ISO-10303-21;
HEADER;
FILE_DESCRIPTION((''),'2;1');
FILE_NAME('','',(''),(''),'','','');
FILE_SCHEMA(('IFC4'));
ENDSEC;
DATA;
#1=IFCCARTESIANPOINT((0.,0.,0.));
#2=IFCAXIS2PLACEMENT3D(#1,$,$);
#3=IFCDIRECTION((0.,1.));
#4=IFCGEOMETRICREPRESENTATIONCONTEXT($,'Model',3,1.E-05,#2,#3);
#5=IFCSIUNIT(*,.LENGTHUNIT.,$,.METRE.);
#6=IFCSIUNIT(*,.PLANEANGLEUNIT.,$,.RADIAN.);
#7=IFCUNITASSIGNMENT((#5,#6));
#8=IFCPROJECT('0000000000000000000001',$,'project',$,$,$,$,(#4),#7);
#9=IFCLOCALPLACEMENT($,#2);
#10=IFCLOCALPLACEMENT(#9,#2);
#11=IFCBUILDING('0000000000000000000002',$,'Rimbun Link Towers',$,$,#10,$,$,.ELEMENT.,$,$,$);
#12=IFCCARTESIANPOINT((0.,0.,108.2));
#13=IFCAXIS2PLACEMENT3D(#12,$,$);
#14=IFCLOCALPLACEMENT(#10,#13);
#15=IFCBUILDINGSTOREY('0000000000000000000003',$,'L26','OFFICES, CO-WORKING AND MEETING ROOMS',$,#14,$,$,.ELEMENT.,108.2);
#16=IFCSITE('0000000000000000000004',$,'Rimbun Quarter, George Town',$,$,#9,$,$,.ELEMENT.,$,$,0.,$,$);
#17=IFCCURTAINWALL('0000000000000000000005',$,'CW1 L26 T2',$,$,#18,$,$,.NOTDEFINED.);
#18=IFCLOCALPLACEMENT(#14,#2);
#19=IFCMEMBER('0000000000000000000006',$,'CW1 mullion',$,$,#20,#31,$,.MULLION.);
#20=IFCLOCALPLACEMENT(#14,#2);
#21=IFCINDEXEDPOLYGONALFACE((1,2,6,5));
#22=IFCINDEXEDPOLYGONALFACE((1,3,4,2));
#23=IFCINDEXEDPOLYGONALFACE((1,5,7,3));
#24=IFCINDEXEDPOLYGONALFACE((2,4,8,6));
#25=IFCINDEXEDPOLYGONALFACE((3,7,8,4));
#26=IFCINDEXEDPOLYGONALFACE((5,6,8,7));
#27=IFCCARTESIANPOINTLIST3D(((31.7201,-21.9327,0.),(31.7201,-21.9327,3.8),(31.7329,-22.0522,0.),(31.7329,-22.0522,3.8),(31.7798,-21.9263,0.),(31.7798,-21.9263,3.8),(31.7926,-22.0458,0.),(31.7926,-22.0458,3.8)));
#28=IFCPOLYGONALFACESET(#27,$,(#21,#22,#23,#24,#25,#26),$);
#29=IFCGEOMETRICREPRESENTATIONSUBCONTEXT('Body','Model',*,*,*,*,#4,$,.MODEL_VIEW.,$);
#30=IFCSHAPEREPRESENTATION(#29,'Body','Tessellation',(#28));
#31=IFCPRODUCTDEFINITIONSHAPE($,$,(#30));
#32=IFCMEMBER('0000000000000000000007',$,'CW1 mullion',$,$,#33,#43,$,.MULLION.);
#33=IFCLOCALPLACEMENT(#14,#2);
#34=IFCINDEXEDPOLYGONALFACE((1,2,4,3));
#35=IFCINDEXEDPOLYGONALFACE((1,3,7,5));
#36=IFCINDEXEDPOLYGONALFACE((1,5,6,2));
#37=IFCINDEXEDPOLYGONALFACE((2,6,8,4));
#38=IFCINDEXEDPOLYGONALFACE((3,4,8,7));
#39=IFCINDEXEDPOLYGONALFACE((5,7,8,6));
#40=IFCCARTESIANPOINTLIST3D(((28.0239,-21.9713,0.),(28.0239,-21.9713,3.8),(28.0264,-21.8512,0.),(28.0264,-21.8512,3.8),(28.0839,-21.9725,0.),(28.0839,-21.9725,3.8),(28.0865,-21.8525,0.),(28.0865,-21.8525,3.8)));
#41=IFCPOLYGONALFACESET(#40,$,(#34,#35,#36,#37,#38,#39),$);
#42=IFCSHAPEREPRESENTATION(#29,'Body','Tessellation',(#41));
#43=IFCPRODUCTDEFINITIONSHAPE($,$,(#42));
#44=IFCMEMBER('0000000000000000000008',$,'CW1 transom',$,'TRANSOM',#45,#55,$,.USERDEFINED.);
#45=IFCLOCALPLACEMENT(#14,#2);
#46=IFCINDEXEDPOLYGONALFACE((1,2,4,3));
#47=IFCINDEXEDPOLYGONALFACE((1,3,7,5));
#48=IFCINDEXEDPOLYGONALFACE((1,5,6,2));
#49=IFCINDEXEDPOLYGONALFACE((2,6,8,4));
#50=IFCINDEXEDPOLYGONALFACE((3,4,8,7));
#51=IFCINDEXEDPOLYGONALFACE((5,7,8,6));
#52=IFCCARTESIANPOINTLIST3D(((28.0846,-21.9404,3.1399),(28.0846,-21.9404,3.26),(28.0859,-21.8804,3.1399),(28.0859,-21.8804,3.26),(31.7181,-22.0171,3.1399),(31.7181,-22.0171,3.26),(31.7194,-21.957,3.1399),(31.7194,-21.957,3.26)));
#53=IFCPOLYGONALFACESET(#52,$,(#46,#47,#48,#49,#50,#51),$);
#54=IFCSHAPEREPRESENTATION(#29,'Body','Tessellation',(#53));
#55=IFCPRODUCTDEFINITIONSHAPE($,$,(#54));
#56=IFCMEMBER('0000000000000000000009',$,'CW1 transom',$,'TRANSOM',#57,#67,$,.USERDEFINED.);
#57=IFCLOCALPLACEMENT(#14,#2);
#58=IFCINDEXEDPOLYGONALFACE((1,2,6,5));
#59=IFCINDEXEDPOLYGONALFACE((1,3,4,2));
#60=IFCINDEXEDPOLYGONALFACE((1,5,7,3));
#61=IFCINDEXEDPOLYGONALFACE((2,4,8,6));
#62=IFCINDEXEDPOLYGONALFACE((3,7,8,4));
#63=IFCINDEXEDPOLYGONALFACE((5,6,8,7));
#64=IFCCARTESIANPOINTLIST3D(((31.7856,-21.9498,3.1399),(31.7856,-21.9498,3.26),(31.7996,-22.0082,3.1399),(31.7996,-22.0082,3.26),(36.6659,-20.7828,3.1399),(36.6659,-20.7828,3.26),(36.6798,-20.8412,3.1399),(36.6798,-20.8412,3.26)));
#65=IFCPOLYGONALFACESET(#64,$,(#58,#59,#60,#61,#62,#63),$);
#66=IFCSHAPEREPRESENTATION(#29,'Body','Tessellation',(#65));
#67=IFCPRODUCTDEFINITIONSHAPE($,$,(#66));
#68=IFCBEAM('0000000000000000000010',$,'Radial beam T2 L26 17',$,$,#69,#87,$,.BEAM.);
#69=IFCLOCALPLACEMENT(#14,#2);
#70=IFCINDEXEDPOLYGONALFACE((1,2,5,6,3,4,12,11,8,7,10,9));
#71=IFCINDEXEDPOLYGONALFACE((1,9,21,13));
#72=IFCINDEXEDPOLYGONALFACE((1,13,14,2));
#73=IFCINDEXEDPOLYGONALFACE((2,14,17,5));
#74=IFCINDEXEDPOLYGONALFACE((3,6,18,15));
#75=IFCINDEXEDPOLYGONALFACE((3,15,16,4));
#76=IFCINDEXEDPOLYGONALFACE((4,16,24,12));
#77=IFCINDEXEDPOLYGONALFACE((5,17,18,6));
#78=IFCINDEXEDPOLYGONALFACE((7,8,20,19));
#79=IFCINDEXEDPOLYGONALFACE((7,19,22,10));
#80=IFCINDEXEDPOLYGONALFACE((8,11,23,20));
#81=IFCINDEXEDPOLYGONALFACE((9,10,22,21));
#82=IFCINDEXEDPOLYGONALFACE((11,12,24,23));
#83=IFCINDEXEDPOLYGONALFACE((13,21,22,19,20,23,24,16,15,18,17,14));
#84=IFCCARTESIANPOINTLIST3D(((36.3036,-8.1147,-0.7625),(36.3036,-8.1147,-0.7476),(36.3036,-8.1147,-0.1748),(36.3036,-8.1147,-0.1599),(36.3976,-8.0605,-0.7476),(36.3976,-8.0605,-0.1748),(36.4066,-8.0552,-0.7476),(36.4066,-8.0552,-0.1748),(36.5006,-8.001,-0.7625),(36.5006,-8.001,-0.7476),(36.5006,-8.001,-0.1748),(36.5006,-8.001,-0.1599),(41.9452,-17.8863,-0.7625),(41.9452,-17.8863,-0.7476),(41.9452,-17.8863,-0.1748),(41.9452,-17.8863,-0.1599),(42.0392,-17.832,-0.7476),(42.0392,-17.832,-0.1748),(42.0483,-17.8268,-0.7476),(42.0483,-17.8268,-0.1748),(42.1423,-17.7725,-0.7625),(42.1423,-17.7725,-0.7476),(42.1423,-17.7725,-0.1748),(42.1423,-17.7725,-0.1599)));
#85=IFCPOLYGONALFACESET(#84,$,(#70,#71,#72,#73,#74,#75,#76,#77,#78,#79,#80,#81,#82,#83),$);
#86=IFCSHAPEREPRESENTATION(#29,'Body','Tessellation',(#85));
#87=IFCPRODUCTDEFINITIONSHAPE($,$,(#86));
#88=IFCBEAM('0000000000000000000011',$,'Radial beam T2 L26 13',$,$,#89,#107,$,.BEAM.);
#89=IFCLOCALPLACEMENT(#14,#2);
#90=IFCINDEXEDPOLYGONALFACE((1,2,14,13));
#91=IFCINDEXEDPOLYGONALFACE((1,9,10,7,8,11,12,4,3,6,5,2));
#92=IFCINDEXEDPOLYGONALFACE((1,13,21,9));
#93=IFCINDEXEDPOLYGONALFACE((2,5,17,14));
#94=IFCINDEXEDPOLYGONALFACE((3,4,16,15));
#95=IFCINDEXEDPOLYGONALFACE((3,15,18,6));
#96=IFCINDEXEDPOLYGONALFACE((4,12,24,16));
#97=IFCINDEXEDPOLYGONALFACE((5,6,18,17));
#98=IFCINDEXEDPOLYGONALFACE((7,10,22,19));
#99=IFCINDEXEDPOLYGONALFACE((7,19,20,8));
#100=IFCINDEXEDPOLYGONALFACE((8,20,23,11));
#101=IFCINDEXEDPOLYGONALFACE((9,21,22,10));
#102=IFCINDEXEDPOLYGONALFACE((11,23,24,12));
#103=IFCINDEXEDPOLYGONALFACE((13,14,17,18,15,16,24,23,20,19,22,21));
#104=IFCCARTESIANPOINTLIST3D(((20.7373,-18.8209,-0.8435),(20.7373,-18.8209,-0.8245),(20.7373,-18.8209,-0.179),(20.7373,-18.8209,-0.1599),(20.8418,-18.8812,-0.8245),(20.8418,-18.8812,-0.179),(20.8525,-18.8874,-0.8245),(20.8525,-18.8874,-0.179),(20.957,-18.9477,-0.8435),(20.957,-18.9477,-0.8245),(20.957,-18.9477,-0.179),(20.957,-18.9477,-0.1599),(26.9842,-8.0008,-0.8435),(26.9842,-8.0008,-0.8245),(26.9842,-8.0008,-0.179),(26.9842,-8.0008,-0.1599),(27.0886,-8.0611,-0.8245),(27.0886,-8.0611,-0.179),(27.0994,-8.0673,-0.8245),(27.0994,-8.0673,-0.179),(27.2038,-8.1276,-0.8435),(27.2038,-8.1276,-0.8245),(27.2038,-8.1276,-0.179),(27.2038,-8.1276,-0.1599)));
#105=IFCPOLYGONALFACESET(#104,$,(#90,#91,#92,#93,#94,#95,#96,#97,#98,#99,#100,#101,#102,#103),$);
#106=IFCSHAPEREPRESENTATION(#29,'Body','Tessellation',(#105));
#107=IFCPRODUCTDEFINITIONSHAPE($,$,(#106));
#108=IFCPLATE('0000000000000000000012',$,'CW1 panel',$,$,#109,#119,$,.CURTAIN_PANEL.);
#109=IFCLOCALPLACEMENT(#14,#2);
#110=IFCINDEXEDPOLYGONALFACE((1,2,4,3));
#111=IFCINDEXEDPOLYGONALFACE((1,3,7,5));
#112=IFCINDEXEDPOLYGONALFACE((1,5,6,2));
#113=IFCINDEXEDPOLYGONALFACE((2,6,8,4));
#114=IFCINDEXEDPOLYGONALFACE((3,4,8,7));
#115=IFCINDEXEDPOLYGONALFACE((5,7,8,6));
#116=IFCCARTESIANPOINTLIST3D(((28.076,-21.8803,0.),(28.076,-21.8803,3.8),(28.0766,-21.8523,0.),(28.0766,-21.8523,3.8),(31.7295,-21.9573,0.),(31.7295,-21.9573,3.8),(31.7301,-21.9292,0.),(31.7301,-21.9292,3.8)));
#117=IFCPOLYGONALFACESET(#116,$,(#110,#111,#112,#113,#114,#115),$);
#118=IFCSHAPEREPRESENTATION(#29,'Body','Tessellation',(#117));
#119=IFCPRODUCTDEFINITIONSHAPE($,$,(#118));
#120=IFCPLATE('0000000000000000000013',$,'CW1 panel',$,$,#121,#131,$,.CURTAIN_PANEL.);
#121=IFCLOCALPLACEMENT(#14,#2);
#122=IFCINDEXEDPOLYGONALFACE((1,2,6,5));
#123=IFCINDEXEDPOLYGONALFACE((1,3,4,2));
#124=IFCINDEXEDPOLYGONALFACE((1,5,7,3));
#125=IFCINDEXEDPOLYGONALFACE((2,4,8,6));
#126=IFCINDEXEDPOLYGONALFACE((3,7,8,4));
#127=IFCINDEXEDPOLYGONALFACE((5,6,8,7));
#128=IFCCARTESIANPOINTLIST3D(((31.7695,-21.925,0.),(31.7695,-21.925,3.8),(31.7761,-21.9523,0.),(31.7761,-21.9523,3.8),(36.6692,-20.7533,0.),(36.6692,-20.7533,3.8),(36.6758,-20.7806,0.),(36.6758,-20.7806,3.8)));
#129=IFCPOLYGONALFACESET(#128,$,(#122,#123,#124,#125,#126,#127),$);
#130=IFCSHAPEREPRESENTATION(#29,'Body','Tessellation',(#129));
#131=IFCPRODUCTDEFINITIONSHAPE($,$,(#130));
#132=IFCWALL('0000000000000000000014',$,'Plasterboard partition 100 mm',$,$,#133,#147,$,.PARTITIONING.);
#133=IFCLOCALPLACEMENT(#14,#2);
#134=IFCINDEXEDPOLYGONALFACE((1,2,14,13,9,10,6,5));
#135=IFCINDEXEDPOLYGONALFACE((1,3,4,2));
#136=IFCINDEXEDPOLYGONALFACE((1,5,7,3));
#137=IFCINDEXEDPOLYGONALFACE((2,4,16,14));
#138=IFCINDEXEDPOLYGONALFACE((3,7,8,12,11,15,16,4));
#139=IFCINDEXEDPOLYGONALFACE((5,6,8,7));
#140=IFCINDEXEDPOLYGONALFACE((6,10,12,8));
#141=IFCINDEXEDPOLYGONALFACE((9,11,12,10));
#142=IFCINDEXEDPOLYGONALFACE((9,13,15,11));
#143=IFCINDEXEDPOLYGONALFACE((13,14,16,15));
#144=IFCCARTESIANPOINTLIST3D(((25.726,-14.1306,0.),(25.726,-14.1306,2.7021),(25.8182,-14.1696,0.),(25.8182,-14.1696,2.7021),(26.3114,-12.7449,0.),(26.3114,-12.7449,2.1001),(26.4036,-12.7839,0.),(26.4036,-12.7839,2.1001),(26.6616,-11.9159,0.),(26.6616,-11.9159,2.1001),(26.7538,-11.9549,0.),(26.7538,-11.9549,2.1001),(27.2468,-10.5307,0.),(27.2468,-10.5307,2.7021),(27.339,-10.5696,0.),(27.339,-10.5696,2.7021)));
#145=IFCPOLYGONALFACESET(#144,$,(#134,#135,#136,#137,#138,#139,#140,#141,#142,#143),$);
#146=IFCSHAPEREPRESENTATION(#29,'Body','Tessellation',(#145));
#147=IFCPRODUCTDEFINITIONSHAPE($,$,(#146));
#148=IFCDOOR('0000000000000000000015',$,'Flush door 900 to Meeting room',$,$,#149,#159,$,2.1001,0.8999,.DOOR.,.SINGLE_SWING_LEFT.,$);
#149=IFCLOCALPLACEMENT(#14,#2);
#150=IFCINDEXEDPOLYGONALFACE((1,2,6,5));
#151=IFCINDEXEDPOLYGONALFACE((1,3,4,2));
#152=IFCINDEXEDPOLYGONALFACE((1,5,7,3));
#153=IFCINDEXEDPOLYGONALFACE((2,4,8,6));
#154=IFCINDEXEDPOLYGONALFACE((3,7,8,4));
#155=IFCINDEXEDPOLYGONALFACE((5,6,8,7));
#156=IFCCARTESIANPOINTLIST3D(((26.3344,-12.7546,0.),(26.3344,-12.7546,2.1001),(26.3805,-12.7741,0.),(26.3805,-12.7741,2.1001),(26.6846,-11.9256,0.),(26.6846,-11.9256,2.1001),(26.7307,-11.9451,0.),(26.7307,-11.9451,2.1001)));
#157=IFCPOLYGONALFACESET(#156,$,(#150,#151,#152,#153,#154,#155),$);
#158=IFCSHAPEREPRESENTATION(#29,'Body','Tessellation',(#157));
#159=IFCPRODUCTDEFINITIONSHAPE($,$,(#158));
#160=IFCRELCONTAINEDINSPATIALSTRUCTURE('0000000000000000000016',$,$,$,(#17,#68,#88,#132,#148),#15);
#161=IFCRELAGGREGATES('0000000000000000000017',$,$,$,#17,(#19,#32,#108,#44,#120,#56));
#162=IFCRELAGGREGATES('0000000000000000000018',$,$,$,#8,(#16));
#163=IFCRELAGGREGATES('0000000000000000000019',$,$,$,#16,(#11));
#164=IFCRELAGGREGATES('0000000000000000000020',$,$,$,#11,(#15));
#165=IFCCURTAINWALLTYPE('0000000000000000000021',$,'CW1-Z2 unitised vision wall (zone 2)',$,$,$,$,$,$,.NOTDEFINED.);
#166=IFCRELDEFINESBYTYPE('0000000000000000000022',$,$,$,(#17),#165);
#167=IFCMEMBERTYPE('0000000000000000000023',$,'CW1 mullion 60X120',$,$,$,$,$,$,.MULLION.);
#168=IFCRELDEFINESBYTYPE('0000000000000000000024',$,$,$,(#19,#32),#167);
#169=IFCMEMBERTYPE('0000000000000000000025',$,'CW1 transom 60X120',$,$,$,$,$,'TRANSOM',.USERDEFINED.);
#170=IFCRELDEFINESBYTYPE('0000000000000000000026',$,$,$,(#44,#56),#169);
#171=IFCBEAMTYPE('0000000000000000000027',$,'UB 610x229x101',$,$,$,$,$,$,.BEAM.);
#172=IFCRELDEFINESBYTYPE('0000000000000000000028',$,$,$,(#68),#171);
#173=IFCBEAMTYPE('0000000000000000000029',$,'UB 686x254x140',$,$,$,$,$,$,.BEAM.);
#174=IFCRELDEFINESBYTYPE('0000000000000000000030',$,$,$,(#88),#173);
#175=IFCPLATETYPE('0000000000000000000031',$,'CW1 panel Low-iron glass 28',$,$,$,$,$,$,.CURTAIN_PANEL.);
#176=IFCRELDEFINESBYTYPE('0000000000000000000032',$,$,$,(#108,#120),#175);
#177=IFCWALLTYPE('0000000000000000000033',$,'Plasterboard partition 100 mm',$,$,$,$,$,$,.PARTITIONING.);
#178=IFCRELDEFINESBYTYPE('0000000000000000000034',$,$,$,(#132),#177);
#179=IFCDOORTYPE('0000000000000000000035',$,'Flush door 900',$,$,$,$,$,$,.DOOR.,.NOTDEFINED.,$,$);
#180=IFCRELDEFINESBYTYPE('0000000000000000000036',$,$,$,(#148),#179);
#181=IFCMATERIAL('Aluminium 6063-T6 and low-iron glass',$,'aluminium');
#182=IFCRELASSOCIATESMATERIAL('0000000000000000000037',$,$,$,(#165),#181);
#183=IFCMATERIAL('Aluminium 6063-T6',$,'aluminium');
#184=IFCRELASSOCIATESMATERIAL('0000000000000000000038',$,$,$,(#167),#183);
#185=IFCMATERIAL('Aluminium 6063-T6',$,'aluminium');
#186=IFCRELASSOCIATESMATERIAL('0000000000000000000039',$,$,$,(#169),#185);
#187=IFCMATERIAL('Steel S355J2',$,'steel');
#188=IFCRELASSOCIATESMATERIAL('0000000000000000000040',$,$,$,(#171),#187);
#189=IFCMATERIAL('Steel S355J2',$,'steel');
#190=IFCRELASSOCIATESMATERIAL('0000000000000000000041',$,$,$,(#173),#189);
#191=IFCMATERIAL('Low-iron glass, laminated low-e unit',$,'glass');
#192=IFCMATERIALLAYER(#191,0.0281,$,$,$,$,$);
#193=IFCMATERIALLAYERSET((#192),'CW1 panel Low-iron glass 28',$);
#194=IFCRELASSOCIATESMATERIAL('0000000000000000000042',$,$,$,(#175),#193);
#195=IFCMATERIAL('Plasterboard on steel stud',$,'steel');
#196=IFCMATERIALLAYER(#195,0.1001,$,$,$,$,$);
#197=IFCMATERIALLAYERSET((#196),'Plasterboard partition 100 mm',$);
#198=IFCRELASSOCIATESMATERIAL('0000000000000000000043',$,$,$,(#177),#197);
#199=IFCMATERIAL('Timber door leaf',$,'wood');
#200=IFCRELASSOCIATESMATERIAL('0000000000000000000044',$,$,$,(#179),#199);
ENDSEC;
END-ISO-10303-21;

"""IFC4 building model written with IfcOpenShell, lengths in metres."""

from ifc_helpers import new_model, si_unit, direction, frame, frame_2d, origin, origin_2d, place, context, subcontext, project, spatial, rectangle, i_section, extrude, material, layer, layer_set, material_profile, profile_set, type_object, element, fill, aggregate, save


model = new_model("IFC4")

# Units and contexts
model_context = context("Model", 3, precision=1e-05, world=origin(), true_north=direction((0.0, 1.0)))
body_context = subcontext(model_context, "Body", "Model", "MODEL_VIEW")
ifc_project = project(units=[si_unit("LENGTHUNIT", "METRE"), si_unit("PLANEANGLEUNIT", "RADIAN")], contexts=[model_context])

# Site, building, storey
site_placement = place(None, origin())
site = spatial("IfcSite", under=ifc_project, at=site_placement, Name="Rimbun Quarter, George Town", CompositionType="ELEMENT", RefElevation=0.0)
building_placement = place(site_placement, origin())
building = spatial("IfcBuilding", under=site, at=building_placement, Name="Rimbun Link Towers", CompositionType="ELEMENT")
storey_placement = place(building_placement, frame((0.0, 0.0, 108.2)))
storey = spatial("IfcBuildingStorey", under=building, at=storey_placement, Name="L26", Description="OFFICES, CO-WORKING AND MEETING ROOMS", CompositionType="ELEMENT", Elevation=108.2)

# Curtain wall, members
ifc_material_1 = material(Name="Aluminium 6063-T6 and low-iron glass", Category="aluminium")
curtain_wall_type = type_object("IfcCurtainWallType", Name="CW1-Z2 unitised vision wall (zone 2)", PredefinedType="NOTDEFINED", material=ifc_material_1)
curtain_wall_placement = place(storey_placement, origin())
curtain_wall = element("IfcCurtainWall", 1, at=curtain_wall_placement, inside=storey, type_object=curtain_wall_type, Name="CW1 L26 T2", PredefinedType="NOTDEFINED")
ifc_material_2 = material(Name="Aluminium 6063-T6", Category="aluminium")
ifc_material_profile_1 = material_profile(ifc_material_2, rectangle(XDim=0.1201, YDim=0.0601, at=origin_2d()), Name="MULLION 60X120")
ifc_profile_set_1 = profile_set([ifc_material_profile_1], Name="Aluminium 6063-T6")
member_type_1 = type_object("IfcMemberType", Name="CW1 mullion 60X120", PredefinedType="MULLION", material=ifc_profile_set_1)
member_1_placement = place(storey_placement, frame((31.7563, -21.9893, 0.0), z_axis=(0.0, 0.0, 1.0), x_axis=(0.106632, -0.994299, 0.0)))
member_1 = element("IfcMember", 2, at=member_1_placement, type_object=member_type_1, Name="CW1 mullion", PredefinedType="MULLION", context=body_context, shape_type="SweptSolid", body=[
    extrude(rectangle(XDim=0.1201, YDim=0.0601, at=origin_2d()), origin(), (0.0, 0.0, 1.0), 3.8),
])
member_2_placement = place(storey_placement, frame((28.0552, -21.9119, 0.0), z_axis=(0.0, 0.0, 1.0), x_axis=(-0.021063, -0.999778, 0.0)))
member_2 = element("IfcMember", 3, at=member_2_placement, type_object=member_type_1, Name="CW1 mullion", PredefinedType="MULLION", context=body_context, shape_type="SweptSolid", body=[
    extrude(rectangle(XDim=0.1201, YDim=0.0601, at=origin_2d()), origin(), (0.0, 0.0, 1.0), 3.8),
])
ifc_material_3 = material(Name="Aluminium 6063-T6", Category="aluminium")
ifc_material_profile_2 = material_profile(ifc_material_3, rectangle(XDim=0.0601, YDim=0.1201, at=origin_2d()), Name="TRANSOM 60X120")
ifc_profile_set_2 = profile_set([ifc_material_profile_2], Name="Aluminium 6063-T6")
member_type_2 = type_object("IfcMemberType", Name="CW1 transom 60X120", ElementType="TRANSOM", PredefinedType="USERDEFINED", material=ifc_profile_set_2)
member_3_placement = place(storey_placement, frame((31.7188, -21.9871, 3.2), z_axis=(-0.999778, 0.021093, 0.0), x_axis=(-0.021093, -0.999778, 0.0)))
member_3 = element("IfcMember", 4, at=member_3_placement, type_object=member_type_2, Name="CW1 transom", ObjectType="TRANSOM", PredefinedType="USERDEFINED", context=body_context, shape_type="SweptSolid", body=[
    extrude(rectangle(XDim=0.0601, YDim=0.1201, at=origin_2d()), origin(), (0.0, 0.0, 1.0), 3.6343),
])
member_4_placement = place(storey_placement, frame((36.6729, -20.812, 3.2), z_axis=(-0.972579, -0.232574, 0.0), x_axis=(0.232574, -0.972579, 0.0)))
member_4 = element("IfcMember", 5, at=member_4_placement, type_object=member_type_2, Name="CW1 transom", ObjectType="TRANSOM", PredefinedType="USERDEFINED", context=body_context, shape_type="SweptSolid", body=[
    extrude(rectangle(XDim=0.0601, YDim=0.1201, at=origin_2d()), origin(), (0.0, 0.0, 1.0), 5.0178),
])

# Beams
ifc_material_4 = material(Name="Steel S355J2", Category="steel")
ifc_material_profile_3 = material_profile(ifc_material_4, i_section(OverallWidth=0.2275, OverallDepth=0.6025, WebThickness=0.0105, FlangeThickness=0.0149, at=origin_2d()), Name="UB 610x229x101")
ifc_profile_set_3 = profile_set([ifc_material_profile_3], Name="Steel S355J2")
beam_type_1 = type_object("IfcBeamType", Name="UB 610x229x101", PredefinedType="BEAM", material=ifc_profile_set_3)
beam_1_placement = place(storey_placement, frame((36.4021, -8.0579, -0.4612), z_axis=(0.500002, -0.866024, 0.0), x_axis=(0.866024, 0.500002, 0.0)))
element("IfcBeam", 6, at=beam_1_placement, inside=storey, type_object=beam_type_1, Name="Radial beam T2 L26 17", PredefinedType="BEAM", context=body_context, shape_type="SweptSolid", body=[
    extrude(i_section(OverallWidth=0.2275, OverallDepth=0.6025, WebThickness=0.0105, FlangeThickness=0.0149, at=origin_2d()), origin(), (0.0, 0.0, 1.0), 11.2832),
])
ifc_material_5 = material(Name="Steel S355J2", Category="steel")
ifc_material_profile_4 = material_profile(ifc_material_5, i_section(OverallWidth=0.2537, OverallDepth=0.6836, WebThickness=0.0125, FlangeThickness=0.019, at=origin_2d()), Name="UB 686x254x140")
ifc_profile_set_4 = profile_set([ifc_material_profile_4], Name="Steel S355J2")
beam_type_2 = type_object("IfcBeamType", Name="UB 686x254x140", PredefinedType="BEAM", material=ifc_profile_set_4)
beam_2_placement = place(storey_placement, frame((27.094, -8.0642, -0.5017), z_axis=(-0.499991, -0.86603, 0.0), x_axis=(0.86603, -0.499991, 0.0)))
element("IfcBeam", 7, at=beam_2_placement, inside=storey, type_object=beam_type_2, Name="Radial beam T2 L26 13", PredefinedType="BEAM", context=body_context, shape_type="SweptSolid", body=[
    extrude(i_section(OverallWidth=0.2537, OverallDepth=0.6836, WebThickness=0.0125, FlangeThickness=0.019, at=origin_2d()), origin(), (0.0, 0.0, 1.0), 12.4939),
])

# Plates
ifc_material_6 = material(Name="Low-iron glass, laminated low-e unit", Category="glass")
ifc_layer_1 = layer(ifc_material_6, 0.0281)
ifc_layer_set_1 = layer_set([ifc_layer_1], Name="CW1 panel Low-iron glass 28")
plate_type = type_object("IfcPlateType", Name="CW1 panel Low-iron glass 28", PredefinedType="CURTAIN_PANEL", material=ifc_layer_set_1)
plate_1_placement = place(storey_placement, frame((29.9031, -21.9048, 0.0), z_axis=(0.0, 0.0, 1.0), x_axis=(-0.999778, 0.021063, 0.0)))
plate_1 = element("IfcPlate", 8, at=plate_1_placement, type_object=plate_type, Name="CW1 panel", PredefinedType="CURTAIN_PANEL", context=body_context, shape_type="SweptSolid", body=[
    extrude(rectangle(XDim=3.6543, YDim=0.0281, at=origin_2d()), origin(), (0.0, 0.0, 1.0), 3.8),
])
plate_2_placement = place(storey_placement, frame((34.2227, -21.3528, 0.0), z_axis=(0.0, 0.0, 1.0), x_axis=(-0.972576, -0.232586, 0.0)))
plate_2 = element("IfcPlate", 9, at=plate_2_placement, type_object=plate_type, Name="CW1 panel", PredefinedType="CURTAIN_PANEL", context=body_context, shape_type="SweptSolid", body=[
    extrude(rectangle(XDim=5.0378, YDim=0.0281, at=origin_2d()), origin(), (0.0, 0.0, 1.0), 3.8),
])
aggregate(curtain_wall, [member_1, member_2, plate_1, member_3, plate_2, member_4])

# Wall, opening, door
ifc_material_7 = material(Name="Plasterboard on steel stud", Category="steel")
ifc_layer_2 = layer(ifc_material_7, 0.1001)
ifc_layer_set_2 = layer_set([ifc_layer_2], Name="Plasterboard partition 100 mm")
wall_type = type_object("IfcWallType", Name="Plasterboard partition 100 mm", PredefinedType="PARTITIONING", material=ifc_layer_set_2)
wall_1_placement = place(storey_placement, frame((27.293, -10.55, 0.0), z_axis=(0.0, 0.0, 1.0), x_axis=(-0.389149, -0.921175, 0.0)))
wall_1 = element("IfcWall", 10, at=wall_1_placement, inside=storey, type_object=wall_type, Name="Plasterboard partition 100 mm", PredefinedType="PARTITIONING", context=body_context, shape_type="SweptSolid", body=[
    extrude(rectangle(XDim=3.908, YDim=0.1001, at=frame_2d((1.9541, 0.0))), origin(), (0.0, 0.0, 1.0), 2.7021),
])
opening_1_placement = place(wall_1_placement, frame((1.5039, 0.0, 0.0)))
opening_1 = element("IfcOpeningElement", 11, at=opening_1_placement, cuts=wall_1, PredefinedType="OPENING", context=body_context, shape_type="SweptSolid", body=[
    extrude(rectangle(XDim=0.8999, YDim=2.1001, at=frame_2d((0.45, 1.05))), frame((0.0, 0.0601, 0.0), z_axis=(0.0, -1.0, 0.0), x_axis=(1.0, 0.0, 0.0)), (0.0, 0.0, 1.0), 0.1201),
])
ifc_material_8 = material(Name="Timber door leaf", Category="wood")
door_type_1 = type_object("IfcDoorType", Name="Flush door 900", OperationType="NOTDEFINED", PredefinedType="DOOR", material=ifc_material_8)
door_1_placement = place(opening_1_placement, origin())
door_1 = element("IfcDoor", 12, at=door_1_placement, inside=storey, type_object=door_type_1, Name="Flush door 900 to Meeting room", OperationType="SINGLE_SWING_LEFT", OverallHeight=2.1001, OverallWidth=0.8999, PredefinedType="DOOR", context=body_context, shape_type="SweptSolid", body=[
    extrude(rectangle(XDim=0.8999, YDim=2.1001, at=frame_2d((0.45, 1.05))), frame((0.0, 0.0249, 0.0), z_axis=(0.0, -1.0, 0.0), x_axis=(1.0, 0.0, 0.0)), (0.0, 0.0, 1.0), 0.05),
])
fill(opening_1, door_1)

save(model, "model.ifc")
